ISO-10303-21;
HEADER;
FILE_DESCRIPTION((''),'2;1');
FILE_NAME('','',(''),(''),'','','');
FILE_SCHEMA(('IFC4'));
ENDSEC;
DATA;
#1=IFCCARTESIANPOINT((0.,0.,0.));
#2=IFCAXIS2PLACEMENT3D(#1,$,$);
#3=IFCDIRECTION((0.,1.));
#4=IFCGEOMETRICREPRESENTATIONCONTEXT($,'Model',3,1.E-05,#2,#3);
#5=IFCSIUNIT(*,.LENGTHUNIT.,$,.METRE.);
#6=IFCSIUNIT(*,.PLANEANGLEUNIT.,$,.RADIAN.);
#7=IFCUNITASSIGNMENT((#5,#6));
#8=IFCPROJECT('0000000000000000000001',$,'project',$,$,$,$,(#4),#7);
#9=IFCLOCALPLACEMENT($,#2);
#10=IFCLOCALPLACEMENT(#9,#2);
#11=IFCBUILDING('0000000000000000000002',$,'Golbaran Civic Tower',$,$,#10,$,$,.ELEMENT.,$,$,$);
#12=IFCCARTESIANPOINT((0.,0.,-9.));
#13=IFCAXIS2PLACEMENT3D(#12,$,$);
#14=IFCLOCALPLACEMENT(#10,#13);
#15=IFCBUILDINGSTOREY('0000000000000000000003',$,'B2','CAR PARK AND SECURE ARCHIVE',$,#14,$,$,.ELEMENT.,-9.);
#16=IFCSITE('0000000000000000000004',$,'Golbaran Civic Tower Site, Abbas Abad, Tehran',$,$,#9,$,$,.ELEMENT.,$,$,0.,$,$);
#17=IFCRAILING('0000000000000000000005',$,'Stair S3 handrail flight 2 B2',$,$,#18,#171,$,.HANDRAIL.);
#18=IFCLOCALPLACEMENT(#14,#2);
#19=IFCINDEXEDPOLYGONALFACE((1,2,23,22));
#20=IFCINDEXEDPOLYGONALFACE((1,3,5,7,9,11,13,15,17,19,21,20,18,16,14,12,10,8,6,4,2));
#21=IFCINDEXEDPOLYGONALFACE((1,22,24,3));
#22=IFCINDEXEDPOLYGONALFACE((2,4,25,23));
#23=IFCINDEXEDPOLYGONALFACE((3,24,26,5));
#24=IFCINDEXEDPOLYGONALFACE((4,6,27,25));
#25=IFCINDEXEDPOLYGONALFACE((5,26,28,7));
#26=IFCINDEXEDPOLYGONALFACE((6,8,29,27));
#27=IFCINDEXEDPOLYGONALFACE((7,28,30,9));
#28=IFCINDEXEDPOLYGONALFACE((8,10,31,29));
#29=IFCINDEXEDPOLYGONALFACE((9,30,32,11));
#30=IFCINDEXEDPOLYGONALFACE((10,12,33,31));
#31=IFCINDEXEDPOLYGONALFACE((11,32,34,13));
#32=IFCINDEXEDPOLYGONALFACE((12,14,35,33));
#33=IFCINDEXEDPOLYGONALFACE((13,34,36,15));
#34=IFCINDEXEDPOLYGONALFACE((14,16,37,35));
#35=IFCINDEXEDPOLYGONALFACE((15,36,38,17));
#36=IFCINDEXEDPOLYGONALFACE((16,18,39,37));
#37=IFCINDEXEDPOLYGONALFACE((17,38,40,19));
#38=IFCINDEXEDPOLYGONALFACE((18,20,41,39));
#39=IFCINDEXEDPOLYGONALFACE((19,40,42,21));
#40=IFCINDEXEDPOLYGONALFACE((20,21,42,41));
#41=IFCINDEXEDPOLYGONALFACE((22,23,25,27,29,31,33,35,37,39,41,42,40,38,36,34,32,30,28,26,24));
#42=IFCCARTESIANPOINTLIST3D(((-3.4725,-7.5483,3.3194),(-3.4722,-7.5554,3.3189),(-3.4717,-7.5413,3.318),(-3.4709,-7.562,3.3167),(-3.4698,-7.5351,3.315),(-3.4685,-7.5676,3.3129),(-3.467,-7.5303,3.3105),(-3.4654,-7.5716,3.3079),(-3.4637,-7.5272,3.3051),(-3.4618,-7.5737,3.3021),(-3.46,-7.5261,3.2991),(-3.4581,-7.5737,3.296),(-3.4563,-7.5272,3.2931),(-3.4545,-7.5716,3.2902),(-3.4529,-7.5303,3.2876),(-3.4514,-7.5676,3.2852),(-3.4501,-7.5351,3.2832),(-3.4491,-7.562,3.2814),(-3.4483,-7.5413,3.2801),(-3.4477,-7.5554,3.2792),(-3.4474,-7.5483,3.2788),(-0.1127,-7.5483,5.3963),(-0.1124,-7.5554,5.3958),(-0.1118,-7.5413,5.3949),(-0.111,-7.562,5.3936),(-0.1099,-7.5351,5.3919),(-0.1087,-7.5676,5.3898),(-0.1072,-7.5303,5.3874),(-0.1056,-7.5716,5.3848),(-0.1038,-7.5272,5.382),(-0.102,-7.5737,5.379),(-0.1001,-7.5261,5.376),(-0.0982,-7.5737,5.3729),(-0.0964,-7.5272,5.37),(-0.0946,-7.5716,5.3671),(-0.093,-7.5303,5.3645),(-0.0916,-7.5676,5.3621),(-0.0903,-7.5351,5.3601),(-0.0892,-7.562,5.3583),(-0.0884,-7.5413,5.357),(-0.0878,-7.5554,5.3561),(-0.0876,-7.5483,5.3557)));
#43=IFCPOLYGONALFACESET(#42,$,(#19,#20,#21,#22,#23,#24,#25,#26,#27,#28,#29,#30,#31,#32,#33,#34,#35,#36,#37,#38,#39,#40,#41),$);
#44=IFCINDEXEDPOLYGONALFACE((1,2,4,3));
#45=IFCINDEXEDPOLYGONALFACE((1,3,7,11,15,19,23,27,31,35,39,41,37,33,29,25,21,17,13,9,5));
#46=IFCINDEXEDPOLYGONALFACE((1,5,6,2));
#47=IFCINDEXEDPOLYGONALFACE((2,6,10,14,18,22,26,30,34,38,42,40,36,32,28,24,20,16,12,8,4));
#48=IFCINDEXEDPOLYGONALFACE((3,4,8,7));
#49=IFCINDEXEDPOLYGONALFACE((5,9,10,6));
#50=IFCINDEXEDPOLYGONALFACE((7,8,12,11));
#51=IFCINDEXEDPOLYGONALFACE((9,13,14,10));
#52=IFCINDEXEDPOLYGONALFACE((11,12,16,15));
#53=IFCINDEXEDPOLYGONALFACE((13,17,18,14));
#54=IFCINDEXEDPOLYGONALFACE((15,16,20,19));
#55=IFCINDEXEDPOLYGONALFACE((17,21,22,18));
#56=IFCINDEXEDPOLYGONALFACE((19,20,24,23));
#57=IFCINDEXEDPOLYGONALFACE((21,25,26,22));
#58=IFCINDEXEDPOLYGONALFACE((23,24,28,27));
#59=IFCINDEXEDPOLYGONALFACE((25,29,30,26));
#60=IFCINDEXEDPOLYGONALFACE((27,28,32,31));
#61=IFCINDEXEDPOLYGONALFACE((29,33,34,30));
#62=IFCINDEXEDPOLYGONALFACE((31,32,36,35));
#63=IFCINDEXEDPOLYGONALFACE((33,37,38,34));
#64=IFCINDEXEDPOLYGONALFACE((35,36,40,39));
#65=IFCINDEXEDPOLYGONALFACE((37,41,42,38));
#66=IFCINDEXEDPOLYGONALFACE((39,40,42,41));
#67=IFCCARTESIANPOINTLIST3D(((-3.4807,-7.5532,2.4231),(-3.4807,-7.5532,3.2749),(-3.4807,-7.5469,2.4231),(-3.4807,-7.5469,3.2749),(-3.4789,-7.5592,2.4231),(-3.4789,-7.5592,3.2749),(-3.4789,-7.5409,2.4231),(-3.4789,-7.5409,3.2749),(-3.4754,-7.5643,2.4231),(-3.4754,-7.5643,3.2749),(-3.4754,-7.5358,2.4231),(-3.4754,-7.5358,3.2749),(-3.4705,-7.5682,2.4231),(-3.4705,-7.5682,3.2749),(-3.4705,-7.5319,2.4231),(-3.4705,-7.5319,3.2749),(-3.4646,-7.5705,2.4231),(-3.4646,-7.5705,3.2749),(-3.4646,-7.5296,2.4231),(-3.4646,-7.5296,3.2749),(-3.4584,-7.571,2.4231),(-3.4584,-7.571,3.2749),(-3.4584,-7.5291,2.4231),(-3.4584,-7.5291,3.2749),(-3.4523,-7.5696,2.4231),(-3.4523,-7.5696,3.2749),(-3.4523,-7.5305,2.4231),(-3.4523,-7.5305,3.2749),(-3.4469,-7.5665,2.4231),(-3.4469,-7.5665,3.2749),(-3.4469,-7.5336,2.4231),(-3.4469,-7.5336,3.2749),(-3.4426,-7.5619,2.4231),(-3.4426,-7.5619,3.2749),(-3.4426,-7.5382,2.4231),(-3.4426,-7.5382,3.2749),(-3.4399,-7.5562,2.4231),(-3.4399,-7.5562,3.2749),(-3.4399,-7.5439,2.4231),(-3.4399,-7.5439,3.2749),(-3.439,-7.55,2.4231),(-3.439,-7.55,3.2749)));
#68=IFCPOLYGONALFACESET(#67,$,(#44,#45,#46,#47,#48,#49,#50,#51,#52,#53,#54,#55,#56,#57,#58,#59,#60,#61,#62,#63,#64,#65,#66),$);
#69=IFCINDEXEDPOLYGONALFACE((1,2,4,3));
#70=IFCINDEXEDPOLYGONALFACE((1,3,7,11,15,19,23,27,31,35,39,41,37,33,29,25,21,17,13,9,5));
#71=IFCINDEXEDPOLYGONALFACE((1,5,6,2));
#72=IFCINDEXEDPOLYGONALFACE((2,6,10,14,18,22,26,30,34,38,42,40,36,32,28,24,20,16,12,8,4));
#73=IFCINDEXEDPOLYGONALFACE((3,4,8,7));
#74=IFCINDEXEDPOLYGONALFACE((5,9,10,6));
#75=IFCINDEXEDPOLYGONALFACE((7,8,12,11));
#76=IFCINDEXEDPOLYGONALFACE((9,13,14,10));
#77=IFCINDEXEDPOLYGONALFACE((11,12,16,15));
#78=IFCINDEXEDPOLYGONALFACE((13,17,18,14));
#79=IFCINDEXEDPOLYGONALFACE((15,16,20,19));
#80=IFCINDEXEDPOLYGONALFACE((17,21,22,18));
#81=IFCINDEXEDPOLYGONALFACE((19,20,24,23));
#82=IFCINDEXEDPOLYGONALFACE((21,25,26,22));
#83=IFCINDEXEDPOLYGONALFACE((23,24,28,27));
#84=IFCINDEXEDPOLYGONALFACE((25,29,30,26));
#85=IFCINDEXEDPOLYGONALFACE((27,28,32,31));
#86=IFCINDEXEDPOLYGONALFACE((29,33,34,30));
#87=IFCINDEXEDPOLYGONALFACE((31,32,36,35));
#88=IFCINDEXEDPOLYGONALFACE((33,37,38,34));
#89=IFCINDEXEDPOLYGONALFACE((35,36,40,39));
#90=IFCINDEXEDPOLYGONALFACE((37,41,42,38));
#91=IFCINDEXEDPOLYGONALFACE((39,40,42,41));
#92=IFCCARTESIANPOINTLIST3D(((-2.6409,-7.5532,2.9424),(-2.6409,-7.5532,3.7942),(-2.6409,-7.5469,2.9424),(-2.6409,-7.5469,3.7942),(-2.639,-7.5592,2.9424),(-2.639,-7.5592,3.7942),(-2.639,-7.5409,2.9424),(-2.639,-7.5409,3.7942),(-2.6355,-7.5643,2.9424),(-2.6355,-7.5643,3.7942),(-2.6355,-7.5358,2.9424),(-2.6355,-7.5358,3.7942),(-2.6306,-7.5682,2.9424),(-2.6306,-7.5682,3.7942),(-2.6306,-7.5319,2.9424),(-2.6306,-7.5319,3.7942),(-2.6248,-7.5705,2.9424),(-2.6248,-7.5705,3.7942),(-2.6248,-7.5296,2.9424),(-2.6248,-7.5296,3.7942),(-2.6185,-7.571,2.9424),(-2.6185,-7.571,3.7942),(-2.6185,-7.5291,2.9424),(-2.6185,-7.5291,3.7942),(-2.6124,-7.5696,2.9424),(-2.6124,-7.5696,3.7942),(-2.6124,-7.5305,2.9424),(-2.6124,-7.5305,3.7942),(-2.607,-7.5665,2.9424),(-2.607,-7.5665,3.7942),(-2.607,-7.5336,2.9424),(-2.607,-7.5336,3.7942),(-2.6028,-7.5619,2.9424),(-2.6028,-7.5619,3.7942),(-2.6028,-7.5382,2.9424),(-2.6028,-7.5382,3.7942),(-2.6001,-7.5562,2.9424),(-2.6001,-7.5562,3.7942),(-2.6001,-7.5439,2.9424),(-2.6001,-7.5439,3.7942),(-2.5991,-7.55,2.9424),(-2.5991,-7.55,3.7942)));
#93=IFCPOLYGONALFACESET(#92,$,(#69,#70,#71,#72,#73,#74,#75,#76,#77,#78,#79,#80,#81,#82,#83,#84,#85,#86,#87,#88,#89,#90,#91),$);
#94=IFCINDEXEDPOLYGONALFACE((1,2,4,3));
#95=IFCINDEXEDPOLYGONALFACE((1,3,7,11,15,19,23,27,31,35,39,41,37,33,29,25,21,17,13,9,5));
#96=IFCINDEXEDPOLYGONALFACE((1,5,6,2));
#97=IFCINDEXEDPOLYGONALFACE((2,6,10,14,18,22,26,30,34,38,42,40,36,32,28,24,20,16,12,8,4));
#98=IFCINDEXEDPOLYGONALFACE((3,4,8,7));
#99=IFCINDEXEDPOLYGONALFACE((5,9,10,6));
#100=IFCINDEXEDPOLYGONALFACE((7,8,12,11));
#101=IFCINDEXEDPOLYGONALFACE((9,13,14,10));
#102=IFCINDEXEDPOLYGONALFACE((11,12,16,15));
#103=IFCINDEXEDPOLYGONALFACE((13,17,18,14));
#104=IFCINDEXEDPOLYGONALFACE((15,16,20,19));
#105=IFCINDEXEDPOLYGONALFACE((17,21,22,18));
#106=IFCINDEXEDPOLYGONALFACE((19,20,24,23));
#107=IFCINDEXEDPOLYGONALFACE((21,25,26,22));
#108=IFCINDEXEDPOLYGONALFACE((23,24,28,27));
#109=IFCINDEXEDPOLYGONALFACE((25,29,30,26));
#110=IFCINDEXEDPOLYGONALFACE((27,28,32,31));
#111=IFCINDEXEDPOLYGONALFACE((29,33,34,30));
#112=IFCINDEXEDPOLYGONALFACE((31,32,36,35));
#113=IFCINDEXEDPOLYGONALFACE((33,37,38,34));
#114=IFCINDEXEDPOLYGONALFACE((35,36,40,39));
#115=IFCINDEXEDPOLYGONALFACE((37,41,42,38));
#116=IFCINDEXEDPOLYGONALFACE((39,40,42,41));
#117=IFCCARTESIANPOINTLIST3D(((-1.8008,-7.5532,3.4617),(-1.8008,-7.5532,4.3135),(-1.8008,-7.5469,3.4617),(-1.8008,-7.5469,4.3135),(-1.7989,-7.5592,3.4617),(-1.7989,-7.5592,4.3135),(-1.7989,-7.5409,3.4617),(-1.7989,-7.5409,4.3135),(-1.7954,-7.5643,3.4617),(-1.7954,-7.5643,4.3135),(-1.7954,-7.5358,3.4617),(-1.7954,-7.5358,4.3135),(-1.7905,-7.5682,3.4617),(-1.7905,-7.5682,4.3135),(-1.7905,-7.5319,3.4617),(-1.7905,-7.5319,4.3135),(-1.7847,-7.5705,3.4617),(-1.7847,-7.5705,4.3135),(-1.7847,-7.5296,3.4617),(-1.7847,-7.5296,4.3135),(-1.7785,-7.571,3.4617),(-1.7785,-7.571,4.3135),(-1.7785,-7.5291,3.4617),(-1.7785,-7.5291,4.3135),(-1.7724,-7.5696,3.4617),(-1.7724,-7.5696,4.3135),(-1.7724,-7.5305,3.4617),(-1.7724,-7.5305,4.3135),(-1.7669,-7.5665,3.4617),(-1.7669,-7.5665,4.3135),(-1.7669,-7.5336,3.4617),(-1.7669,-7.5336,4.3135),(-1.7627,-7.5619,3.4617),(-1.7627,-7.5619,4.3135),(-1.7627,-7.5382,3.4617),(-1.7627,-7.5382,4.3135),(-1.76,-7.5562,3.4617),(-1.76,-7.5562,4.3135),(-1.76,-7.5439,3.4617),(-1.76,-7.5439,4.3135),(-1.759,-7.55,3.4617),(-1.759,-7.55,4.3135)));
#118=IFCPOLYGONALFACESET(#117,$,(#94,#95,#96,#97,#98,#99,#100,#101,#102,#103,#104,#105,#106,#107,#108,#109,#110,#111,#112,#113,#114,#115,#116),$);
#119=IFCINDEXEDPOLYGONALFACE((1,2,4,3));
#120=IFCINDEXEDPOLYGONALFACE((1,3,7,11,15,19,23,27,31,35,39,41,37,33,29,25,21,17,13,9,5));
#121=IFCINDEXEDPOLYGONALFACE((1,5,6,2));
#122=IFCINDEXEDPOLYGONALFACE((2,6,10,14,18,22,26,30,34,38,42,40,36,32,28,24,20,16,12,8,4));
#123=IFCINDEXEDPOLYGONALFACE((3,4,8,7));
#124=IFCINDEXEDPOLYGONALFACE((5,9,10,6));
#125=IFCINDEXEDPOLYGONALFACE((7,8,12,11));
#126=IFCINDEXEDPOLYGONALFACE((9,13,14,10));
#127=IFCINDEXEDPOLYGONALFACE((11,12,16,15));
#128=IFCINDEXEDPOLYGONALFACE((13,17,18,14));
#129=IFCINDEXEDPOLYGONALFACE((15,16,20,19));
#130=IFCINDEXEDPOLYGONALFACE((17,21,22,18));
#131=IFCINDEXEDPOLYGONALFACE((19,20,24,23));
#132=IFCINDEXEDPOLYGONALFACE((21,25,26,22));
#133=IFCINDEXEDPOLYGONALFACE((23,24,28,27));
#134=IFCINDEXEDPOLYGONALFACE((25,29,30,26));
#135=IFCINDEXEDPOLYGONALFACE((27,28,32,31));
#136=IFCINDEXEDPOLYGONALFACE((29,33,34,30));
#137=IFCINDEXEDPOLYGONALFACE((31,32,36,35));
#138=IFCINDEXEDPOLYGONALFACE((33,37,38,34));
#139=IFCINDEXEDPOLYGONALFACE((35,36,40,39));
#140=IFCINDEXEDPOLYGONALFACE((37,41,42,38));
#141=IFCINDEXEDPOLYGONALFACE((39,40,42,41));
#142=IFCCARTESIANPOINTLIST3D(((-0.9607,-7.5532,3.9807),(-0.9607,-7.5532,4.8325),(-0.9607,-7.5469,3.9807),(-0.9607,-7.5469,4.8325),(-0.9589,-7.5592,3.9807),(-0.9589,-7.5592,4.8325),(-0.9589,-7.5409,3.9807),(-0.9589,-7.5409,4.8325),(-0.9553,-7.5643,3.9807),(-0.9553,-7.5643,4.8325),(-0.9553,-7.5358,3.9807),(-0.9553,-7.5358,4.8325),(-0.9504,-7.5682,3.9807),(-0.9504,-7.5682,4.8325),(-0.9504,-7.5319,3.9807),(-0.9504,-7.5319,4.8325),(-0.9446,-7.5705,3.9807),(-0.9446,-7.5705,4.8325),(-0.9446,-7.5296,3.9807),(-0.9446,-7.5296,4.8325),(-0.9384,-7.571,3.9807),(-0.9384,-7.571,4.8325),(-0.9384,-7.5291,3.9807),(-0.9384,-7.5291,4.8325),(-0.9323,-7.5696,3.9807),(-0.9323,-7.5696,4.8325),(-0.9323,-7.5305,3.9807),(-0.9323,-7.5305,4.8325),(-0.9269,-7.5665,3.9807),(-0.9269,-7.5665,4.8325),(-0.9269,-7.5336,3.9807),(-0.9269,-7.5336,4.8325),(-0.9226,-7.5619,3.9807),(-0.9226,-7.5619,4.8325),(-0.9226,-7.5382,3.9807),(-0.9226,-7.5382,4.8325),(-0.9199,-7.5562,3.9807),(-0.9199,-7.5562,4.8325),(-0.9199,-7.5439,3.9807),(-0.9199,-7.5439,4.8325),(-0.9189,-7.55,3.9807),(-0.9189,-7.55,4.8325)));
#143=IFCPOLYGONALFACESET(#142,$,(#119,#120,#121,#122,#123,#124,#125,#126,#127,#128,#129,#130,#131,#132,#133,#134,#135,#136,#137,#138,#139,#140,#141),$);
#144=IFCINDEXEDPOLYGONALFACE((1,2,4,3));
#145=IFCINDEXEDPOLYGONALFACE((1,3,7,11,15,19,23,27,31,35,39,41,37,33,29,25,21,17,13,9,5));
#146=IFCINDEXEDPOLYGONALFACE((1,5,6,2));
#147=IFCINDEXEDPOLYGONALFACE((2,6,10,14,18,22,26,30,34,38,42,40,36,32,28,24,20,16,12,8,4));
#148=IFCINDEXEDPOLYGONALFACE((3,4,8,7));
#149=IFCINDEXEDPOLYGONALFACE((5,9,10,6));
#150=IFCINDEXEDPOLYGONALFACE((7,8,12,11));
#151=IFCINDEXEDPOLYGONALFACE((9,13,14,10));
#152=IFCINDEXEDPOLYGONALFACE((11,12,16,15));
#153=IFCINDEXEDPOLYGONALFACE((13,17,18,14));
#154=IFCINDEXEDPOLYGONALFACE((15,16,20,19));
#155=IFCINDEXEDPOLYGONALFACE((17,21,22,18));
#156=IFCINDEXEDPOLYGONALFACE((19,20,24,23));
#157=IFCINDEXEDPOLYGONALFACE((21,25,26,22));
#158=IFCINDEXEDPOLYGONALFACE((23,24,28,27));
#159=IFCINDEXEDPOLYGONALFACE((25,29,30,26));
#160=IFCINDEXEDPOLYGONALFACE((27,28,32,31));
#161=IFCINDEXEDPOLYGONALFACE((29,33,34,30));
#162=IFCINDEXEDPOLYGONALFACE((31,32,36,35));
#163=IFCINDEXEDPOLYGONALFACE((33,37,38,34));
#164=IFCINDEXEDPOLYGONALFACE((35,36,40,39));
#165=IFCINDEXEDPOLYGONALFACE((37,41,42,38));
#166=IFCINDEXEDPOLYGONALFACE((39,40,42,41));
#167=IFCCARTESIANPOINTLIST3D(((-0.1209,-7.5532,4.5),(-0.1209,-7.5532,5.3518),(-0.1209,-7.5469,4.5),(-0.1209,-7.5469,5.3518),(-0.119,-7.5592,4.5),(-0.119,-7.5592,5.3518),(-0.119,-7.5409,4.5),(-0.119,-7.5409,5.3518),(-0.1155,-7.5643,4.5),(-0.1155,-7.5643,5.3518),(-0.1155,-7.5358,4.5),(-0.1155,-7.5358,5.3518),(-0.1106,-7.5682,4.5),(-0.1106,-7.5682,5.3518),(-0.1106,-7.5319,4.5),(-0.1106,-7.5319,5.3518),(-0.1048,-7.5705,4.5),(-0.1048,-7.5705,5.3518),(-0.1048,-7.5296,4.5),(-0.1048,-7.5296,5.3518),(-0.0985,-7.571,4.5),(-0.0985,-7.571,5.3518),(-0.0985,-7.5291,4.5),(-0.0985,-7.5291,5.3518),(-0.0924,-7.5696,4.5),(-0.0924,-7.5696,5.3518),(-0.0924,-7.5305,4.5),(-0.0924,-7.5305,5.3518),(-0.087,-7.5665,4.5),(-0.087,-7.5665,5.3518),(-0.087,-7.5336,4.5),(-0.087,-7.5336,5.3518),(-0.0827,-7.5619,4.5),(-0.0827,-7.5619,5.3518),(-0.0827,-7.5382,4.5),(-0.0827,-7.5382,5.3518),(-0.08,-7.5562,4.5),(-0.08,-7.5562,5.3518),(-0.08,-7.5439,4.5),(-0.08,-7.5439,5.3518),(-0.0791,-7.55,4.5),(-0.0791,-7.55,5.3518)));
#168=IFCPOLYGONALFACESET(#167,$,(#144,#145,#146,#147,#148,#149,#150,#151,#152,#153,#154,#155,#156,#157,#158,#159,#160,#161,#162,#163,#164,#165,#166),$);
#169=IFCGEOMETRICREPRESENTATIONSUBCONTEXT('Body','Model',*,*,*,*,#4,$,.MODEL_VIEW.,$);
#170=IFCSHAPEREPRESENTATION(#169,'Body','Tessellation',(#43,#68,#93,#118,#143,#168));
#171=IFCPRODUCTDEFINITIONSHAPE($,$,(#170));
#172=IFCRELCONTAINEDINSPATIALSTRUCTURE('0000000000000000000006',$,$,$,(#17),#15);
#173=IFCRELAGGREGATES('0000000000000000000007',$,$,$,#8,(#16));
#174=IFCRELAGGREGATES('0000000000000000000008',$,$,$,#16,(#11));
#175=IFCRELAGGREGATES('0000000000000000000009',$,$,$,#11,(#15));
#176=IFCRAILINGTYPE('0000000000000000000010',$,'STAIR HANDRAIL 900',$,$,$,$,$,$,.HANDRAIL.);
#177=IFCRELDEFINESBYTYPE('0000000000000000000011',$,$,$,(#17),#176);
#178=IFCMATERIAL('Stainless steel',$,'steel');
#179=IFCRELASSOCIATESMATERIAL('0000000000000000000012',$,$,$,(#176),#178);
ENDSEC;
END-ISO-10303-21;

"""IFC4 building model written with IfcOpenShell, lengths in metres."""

from ifc_helpers import new_model, si_unit, direction, frame, origin, origin_2d, place, context, subcontext, project, spatial, circle, extrude, material, type_object, element, save


model = new_model("IFC4")

# Units and contexts
model_context = context("Model", 3, precision=1e-05, world=origin(), true_north=direction((0.0, 1.0)))
body_context = subcontext(model_context, "Body", "Model", "MODEL_VIEW")
ifc_project = project(units=[si_unit("LENGTHUNIT", "METRE"), si_unit("PLANEANGLEUNIT", "RADIAN")], contexts=[model_context])

# Site, building, storey
site_placement = place(None, origin())
site = spatial("IfcSite", under=ifc_project, at=site_placement, Name="Golbaran Civic Tower Site, Abbas Abad, Tehran", CompositionType="ELEMENT", RefElevation=0.0)
building_placement = place(site_placement, origin())
building = spatial("IfcBuilding", under=site, at=building_placement, Name="Golbaran Civic Tower", CompositionType="ELEMENT")
storey_placement = place(building_placement, frame((0.0, 0.0, -9.0)))
storey = spatial("IfcBuildingStorey", under=building, at=storey_placement, Name="B2", Description="CAR PARK AND SECURE ARCHIVE", CompositionType="ELEMENT", Elevation=-9.0)

# Shared definitions
ifc_material_1 = material(Name="Stainless steel", Category="steel")

# Railing
railing_type = type_object("IfcRailingType", Name="STAIR HANDRAIL 900", PredefinedType="HANDRAIL", material=ifc_material_1)
railing_1_placement = place(storey_placement, frame((-3.46, -7.55, 2.4231)))
element("IfcRailing", 1, at=railing_1_placement, inside=storey, type_object=railing_type, Name="Stair S3 handrail flight 2 B2", PredefinedType="HANDRAIL", context=body_context, shape_type="SweptSolid", body=[
    extrude(circle(Radius=0.0239, at=origin_2d()), frame((0.0, 0.0, 0.876), z_axis=(0.850606, 0.0, 0.525803), x_axis=(0.0, 1.0, 0.0)), (0.0, 0.0, 1.0), 3.95),
    extrude(circle(Radius=0.021, at=origin_2d()), origin(), (0.0, 0.0, 1.0), 0.8518),
    extrude(circle(Radius=0.021, at=origin_2d()), frame((0.8398, 0.0, 0.5193)), (0.0, 0.0, 1.0), 0.8518),
    extrude(circle(Radius=0.021, at=origin_2d()), frame((1.6799, 0.0, 1.0386)), (0.0, 0.0, 1.0), 0.8518),
    extrude(circle(Radius=0.021, at=origin_2d()), frame((2.52, 0.0, 1.5576)), (0.0, 0.0, 1.0), 0.8518),
    extrude(circle(Radius=0.021, at=origin_2d()), frame((3.3599, 0.0, 2.0769)), (0.0, 0.0, 1.0), 0.8518),
])

save(model, "model.ifc")
